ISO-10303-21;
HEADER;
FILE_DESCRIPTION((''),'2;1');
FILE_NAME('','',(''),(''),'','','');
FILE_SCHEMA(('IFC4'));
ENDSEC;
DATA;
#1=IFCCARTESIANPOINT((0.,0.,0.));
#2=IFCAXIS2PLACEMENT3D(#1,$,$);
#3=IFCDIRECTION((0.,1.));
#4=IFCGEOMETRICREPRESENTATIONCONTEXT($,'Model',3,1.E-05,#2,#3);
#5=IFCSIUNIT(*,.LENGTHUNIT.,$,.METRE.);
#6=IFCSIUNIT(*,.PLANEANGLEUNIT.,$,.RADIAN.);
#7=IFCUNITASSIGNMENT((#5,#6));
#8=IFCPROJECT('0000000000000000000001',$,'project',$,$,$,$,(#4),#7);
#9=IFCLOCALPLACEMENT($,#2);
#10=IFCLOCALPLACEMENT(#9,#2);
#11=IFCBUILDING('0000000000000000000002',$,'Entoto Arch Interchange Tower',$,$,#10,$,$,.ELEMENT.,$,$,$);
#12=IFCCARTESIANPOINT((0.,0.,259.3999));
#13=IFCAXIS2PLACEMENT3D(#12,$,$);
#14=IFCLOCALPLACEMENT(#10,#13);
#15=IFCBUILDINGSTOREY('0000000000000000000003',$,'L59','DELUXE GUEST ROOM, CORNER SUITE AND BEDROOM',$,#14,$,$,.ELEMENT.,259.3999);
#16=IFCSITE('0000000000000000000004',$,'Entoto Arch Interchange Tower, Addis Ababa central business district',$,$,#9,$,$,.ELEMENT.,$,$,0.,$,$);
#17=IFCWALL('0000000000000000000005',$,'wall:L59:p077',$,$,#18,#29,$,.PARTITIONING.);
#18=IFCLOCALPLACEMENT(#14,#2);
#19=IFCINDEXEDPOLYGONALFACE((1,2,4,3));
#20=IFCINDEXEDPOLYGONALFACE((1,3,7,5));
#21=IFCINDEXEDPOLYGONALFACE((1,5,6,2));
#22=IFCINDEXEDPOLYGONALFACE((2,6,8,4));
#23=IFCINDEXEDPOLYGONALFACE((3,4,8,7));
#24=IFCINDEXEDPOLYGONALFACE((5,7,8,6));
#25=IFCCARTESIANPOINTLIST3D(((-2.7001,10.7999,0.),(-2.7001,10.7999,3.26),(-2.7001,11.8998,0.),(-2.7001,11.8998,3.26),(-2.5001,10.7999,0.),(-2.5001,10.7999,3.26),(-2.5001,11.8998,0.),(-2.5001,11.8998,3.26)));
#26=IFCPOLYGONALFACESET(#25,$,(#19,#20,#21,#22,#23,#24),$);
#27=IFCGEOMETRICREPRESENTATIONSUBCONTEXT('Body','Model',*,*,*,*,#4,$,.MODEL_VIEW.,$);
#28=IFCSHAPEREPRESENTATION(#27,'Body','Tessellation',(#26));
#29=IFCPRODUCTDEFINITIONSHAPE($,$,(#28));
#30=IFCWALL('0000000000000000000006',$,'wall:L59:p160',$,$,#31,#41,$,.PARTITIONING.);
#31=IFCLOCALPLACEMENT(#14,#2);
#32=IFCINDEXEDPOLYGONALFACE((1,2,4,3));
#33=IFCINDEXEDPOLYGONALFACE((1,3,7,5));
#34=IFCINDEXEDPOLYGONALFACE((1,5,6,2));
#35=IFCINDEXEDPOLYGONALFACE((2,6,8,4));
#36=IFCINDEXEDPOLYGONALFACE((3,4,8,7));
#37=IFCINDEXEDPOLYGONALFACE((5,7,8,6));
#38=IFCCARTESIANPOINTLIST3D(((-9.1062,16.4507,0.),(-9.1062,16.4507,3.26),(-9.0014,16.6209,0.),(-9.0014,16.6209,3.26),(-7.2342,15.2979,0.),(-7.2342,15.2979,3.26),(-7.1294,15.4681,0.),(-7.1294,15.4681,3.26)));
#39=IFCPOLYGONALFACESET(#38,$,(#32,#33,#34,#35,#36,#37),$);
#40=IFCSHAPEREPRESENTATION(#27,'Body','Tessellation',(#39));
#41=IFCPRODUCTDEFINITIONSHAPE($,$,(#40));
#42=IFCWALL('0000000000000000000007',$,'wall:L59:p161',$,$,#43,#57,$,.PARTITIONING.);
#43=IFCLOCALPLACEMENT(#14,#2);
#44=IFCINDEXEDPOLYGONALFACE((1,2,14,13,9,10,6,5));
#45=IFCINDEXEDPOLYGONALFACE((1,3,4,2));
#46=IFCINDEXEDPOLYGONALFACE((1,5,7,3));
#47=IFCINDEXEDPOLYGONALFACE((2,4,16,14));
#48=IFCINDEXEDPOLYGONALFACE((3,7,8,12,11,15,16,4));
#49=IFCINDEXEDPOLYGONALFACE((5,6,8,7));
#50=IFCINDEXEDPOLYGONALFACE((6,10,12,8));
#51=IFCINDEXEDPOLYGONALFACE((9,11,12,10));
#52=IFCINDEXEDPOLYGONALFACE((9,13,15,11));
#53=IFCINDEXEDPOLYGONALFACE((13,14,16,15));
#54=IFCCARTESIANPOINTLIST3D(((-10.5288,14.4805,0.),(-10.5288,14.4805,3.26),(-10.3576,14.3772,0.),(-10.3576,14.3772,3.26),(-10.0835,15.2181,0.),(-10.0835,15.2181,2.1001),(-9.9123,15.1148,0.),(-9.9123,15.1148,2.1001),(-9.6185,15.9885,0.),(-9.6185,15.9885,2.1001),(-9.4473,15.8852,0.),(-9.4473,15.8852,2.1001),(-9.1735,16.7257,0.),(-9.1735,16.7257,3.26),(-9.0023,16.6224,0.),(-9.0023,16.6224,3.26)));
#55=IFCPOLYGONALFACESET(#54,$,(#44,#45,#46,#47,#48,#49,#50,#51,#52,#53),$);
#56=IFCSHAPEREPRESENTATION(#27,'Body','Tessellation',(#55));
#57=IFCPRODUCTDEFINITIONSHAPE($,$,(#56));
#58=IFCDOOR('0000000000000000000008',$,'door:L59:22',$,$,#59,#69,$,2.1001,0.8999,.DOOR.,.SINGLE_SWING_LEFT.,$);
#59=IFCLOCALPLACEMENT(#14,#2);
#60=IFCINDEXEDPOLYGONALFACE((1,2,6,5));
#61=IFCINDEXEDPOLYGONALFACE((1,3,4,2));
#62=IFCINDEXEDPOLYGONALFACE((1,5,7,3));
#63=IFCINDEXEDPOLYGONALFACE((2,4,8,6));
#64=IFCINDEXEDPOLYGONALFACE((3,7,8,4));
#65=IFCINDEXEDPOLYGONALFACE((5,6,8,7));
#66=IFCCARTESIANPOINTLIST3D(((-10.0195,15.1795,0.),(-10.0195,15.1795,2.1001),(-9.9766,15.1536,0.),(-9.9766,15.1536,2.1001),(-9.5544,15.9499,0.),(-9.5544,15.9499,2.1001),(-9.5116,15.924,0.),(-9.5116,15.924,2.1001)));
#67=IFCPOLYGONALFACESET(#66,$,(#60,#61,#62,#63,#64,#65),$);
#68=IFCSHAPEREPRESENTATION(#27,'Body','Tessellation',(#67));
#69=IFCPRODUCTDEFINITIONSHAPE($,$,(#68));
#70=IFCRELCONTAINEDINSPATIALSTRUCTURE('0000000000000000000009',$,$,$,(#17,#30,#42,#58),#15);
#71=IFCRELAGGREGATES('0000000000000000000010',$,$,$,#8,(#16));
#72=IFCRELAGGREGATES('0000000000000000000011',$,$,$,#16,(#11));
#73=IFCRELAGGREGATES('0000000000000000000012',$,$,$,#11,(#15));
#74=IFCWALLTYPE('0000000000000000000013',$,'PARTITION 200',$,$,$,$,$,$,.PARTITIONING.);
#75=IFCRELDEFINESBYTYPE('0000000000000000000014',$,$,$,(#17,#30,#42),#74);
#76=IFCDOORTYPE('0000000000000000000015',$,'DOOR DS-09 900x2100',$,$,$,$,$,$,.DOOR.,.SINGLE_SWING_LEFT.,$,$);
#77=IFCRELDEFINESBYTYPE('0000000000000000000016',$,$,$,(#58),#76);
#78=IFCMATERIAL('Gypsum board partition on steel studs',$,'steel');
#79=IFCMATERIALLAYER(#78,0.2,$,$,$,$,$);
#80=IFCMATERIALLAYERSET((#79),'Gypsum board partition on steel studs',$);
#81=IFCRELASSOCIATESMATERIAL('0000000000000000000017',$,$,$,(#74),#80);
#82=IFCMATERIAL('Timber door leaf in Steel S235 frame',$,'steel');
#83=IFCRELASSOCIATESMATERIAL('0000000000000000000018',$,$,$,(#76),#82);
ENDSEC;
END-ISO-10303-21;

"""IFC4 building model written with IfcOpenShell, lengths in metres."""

from ifc_helpers import new_model, si_unit, direction, frame, frame_2d, origin, place, context, subcontext, project, spatial, rectangle, extrude, material, layer, layer_set, type_object, element, fill, save


model = new_model("IFC4")

# Units and contexts
model_context = context("Model", 3, precision=1e-05, world=origin(), true_north=direction((0.0, 1.0)))
body_context = subcontext(model_context, "Body", "Model", "MODEL_VIEW")
ifc_project = project(units=[si_unit("LENGTHUNIT", "METRE"), si_unit("PLANEANGLEUNIT", "RADIAN")], contexts=[model_context])

# Site, building, storey
site_placement = place(None, origin())
site = spatial("IfcSite", under=ifc_project, at=site_placement, Name="Entoto Arch Interchange Tower, Addis Ababa central business district", CompositionType="ELEMENT", RefElevation=0.0)
building_placement = place(site_placement, origin())
building = spatial("IfcBuilding", under=site, at=building_placement, Name="Entoto Arch Interchange Tower", CompositionType="ELEMENT")
storey_placement = place(building_placement, frame((0.0, 0.0, 259.3999)))
storey = spatial("IfcBuildingStorey", under=building, at=storey_placement, Name="L59", Description="DELUXE GUEST ROOM, CORNER SUITE AND BEDROOM", CompositionType="ELEMENT", Elevation=259.3999)

# Shared definitions
ifc_material_1 = material(Name="Gypsum board partition on steel studs", Category="steel")
ifc_layer_1 = layer(ifc_material_1, 0.2)
ifc_layer_set_1 = layer_set([ifc_layer_1], Name="Gypsum board partition on steel studs")
wall_type_1 = type_object("IfcWallType", Name="PARTITION 200", PredefinedType="PARTITIONING", material=ifc_layer_set_1)

# Shared definitions
ifc_material_2 = material(Name="Timber door leaf in Steel S235 frame", Category="steel")

# Shared definitions
door_type_1 = type_object("IfcDoorType", Name="DOOR DS-09 900x2100", OperationType="SINGLE_SWING_LEFT", PredefinedType="DOOR", material=ifc_material_2)

# Walls
wall_1_placement = place(storey_placement, frame((-2.6001, 10.8, 0.0), z_axis=(0.0, 0.0, 1.0), x_axis=(0.0, 1.0, 0.0)))
element("IfcWall", 1, at=wall_1_placement, inside=storey, type_object=wall_type_1, Name="wall:L59:p077", PredefinedType="PARTITIONING", context=body_context, shape_type="SweptSolid", body=[
    extrude(rectangle(XDim=1.0999, YDim=0.2, at=frame_2d((0.5498, 0.0))), origin(), (0.0, 0.0, 1.0), 3.26),
])
wall_2_placement = place(storey_placement, frame((-7.1819, 15.3831, 0.0), z_axis=(0.0, 0.0, 1.0), x_axis=(-0.851498, 0.524358, 0.0)))
element("IfcWall", 2, at=wall_2_placement, inside=storey, type_object=wall_type_1, Name="wall:L59:p160", PredefinedType="PARTITIONING", context=body_context, shape_type="SweptSolid", body=[
    extrude(rectangle(XDim=2.1985, YDim=0.2, at=frame_2d((1.0991, 0.0))), origin(), (0.0, 0.0, 1.0), 3.26),
])

# Wall, opening, door
wall_3_placement = place(storey_placement, frame((-9.0879, 16.6741, 0.0), z_axis=(0.0, 0.0, 1.0), x_axis=(-0.51678, -0.856118, 0.0)))
wall_3 = element("IfcWall", 3, at=wall_3_placement, inside=storey, type_object=wall_type_1, Name="wall:L59:p161", PredefinedType="PARTITIONING", context=body_context, shape_type="SweptSolid", body=[
    extrude(rectangle(XDim=2.6226, YDim=0.2, at=frame_2d((1.3113, 0.0))), origin(), (0.0, 0.0, 1.0), 3.26),
])
opening_1_placement = place(wall_3_placement, frame((0.8611, 0.0, 0.0)))
opening_1 = element("IfcOpeningElement", 4, at=opening_1_placement, cuts=wall_3, PredefinedType="OPENING", context=body_context, shape_type="SweptSolid", body=[
    extrude(rectangle(XDim=0.8999, YDim=2.1001, at=frame_2d((0.45, 1.05))), frame((0.0, 0.1099, 0.0), z_axis=(0.0, -1.0, 0.0), x_axis=(1.0, 0.0, 0.0)), (0.0, 0.0, 1.0), 0.22),
])
door_1_placement = place(opening_1_placement, origin())
door_1 = element("IfcDoor", 5, at=door_1_placement, inside=storey, type_object=door_type_1, Name="door:L59:22", OperationType="SINGLE_SWING_LEFT", OverallHeight=2.1001, OverallWidth=0.8999, PredefinedType="DOOR", context=body_context, shape_type="SweptSolid", body=[
    extrude(rectangle(XDim=0.8999, YDim=2.1001, at=frame_2d((0.45, 1.05))), frame((0.0, 0.0249, 0.0), z_axis=(0.0, -1.0, 0.0), x_axis=(1.0, 0.0, 0.0)), (0.0, 0.0, 1.0), 0.05),
])
fill(opening_1, door_1)

save(model, "model.ifc")
